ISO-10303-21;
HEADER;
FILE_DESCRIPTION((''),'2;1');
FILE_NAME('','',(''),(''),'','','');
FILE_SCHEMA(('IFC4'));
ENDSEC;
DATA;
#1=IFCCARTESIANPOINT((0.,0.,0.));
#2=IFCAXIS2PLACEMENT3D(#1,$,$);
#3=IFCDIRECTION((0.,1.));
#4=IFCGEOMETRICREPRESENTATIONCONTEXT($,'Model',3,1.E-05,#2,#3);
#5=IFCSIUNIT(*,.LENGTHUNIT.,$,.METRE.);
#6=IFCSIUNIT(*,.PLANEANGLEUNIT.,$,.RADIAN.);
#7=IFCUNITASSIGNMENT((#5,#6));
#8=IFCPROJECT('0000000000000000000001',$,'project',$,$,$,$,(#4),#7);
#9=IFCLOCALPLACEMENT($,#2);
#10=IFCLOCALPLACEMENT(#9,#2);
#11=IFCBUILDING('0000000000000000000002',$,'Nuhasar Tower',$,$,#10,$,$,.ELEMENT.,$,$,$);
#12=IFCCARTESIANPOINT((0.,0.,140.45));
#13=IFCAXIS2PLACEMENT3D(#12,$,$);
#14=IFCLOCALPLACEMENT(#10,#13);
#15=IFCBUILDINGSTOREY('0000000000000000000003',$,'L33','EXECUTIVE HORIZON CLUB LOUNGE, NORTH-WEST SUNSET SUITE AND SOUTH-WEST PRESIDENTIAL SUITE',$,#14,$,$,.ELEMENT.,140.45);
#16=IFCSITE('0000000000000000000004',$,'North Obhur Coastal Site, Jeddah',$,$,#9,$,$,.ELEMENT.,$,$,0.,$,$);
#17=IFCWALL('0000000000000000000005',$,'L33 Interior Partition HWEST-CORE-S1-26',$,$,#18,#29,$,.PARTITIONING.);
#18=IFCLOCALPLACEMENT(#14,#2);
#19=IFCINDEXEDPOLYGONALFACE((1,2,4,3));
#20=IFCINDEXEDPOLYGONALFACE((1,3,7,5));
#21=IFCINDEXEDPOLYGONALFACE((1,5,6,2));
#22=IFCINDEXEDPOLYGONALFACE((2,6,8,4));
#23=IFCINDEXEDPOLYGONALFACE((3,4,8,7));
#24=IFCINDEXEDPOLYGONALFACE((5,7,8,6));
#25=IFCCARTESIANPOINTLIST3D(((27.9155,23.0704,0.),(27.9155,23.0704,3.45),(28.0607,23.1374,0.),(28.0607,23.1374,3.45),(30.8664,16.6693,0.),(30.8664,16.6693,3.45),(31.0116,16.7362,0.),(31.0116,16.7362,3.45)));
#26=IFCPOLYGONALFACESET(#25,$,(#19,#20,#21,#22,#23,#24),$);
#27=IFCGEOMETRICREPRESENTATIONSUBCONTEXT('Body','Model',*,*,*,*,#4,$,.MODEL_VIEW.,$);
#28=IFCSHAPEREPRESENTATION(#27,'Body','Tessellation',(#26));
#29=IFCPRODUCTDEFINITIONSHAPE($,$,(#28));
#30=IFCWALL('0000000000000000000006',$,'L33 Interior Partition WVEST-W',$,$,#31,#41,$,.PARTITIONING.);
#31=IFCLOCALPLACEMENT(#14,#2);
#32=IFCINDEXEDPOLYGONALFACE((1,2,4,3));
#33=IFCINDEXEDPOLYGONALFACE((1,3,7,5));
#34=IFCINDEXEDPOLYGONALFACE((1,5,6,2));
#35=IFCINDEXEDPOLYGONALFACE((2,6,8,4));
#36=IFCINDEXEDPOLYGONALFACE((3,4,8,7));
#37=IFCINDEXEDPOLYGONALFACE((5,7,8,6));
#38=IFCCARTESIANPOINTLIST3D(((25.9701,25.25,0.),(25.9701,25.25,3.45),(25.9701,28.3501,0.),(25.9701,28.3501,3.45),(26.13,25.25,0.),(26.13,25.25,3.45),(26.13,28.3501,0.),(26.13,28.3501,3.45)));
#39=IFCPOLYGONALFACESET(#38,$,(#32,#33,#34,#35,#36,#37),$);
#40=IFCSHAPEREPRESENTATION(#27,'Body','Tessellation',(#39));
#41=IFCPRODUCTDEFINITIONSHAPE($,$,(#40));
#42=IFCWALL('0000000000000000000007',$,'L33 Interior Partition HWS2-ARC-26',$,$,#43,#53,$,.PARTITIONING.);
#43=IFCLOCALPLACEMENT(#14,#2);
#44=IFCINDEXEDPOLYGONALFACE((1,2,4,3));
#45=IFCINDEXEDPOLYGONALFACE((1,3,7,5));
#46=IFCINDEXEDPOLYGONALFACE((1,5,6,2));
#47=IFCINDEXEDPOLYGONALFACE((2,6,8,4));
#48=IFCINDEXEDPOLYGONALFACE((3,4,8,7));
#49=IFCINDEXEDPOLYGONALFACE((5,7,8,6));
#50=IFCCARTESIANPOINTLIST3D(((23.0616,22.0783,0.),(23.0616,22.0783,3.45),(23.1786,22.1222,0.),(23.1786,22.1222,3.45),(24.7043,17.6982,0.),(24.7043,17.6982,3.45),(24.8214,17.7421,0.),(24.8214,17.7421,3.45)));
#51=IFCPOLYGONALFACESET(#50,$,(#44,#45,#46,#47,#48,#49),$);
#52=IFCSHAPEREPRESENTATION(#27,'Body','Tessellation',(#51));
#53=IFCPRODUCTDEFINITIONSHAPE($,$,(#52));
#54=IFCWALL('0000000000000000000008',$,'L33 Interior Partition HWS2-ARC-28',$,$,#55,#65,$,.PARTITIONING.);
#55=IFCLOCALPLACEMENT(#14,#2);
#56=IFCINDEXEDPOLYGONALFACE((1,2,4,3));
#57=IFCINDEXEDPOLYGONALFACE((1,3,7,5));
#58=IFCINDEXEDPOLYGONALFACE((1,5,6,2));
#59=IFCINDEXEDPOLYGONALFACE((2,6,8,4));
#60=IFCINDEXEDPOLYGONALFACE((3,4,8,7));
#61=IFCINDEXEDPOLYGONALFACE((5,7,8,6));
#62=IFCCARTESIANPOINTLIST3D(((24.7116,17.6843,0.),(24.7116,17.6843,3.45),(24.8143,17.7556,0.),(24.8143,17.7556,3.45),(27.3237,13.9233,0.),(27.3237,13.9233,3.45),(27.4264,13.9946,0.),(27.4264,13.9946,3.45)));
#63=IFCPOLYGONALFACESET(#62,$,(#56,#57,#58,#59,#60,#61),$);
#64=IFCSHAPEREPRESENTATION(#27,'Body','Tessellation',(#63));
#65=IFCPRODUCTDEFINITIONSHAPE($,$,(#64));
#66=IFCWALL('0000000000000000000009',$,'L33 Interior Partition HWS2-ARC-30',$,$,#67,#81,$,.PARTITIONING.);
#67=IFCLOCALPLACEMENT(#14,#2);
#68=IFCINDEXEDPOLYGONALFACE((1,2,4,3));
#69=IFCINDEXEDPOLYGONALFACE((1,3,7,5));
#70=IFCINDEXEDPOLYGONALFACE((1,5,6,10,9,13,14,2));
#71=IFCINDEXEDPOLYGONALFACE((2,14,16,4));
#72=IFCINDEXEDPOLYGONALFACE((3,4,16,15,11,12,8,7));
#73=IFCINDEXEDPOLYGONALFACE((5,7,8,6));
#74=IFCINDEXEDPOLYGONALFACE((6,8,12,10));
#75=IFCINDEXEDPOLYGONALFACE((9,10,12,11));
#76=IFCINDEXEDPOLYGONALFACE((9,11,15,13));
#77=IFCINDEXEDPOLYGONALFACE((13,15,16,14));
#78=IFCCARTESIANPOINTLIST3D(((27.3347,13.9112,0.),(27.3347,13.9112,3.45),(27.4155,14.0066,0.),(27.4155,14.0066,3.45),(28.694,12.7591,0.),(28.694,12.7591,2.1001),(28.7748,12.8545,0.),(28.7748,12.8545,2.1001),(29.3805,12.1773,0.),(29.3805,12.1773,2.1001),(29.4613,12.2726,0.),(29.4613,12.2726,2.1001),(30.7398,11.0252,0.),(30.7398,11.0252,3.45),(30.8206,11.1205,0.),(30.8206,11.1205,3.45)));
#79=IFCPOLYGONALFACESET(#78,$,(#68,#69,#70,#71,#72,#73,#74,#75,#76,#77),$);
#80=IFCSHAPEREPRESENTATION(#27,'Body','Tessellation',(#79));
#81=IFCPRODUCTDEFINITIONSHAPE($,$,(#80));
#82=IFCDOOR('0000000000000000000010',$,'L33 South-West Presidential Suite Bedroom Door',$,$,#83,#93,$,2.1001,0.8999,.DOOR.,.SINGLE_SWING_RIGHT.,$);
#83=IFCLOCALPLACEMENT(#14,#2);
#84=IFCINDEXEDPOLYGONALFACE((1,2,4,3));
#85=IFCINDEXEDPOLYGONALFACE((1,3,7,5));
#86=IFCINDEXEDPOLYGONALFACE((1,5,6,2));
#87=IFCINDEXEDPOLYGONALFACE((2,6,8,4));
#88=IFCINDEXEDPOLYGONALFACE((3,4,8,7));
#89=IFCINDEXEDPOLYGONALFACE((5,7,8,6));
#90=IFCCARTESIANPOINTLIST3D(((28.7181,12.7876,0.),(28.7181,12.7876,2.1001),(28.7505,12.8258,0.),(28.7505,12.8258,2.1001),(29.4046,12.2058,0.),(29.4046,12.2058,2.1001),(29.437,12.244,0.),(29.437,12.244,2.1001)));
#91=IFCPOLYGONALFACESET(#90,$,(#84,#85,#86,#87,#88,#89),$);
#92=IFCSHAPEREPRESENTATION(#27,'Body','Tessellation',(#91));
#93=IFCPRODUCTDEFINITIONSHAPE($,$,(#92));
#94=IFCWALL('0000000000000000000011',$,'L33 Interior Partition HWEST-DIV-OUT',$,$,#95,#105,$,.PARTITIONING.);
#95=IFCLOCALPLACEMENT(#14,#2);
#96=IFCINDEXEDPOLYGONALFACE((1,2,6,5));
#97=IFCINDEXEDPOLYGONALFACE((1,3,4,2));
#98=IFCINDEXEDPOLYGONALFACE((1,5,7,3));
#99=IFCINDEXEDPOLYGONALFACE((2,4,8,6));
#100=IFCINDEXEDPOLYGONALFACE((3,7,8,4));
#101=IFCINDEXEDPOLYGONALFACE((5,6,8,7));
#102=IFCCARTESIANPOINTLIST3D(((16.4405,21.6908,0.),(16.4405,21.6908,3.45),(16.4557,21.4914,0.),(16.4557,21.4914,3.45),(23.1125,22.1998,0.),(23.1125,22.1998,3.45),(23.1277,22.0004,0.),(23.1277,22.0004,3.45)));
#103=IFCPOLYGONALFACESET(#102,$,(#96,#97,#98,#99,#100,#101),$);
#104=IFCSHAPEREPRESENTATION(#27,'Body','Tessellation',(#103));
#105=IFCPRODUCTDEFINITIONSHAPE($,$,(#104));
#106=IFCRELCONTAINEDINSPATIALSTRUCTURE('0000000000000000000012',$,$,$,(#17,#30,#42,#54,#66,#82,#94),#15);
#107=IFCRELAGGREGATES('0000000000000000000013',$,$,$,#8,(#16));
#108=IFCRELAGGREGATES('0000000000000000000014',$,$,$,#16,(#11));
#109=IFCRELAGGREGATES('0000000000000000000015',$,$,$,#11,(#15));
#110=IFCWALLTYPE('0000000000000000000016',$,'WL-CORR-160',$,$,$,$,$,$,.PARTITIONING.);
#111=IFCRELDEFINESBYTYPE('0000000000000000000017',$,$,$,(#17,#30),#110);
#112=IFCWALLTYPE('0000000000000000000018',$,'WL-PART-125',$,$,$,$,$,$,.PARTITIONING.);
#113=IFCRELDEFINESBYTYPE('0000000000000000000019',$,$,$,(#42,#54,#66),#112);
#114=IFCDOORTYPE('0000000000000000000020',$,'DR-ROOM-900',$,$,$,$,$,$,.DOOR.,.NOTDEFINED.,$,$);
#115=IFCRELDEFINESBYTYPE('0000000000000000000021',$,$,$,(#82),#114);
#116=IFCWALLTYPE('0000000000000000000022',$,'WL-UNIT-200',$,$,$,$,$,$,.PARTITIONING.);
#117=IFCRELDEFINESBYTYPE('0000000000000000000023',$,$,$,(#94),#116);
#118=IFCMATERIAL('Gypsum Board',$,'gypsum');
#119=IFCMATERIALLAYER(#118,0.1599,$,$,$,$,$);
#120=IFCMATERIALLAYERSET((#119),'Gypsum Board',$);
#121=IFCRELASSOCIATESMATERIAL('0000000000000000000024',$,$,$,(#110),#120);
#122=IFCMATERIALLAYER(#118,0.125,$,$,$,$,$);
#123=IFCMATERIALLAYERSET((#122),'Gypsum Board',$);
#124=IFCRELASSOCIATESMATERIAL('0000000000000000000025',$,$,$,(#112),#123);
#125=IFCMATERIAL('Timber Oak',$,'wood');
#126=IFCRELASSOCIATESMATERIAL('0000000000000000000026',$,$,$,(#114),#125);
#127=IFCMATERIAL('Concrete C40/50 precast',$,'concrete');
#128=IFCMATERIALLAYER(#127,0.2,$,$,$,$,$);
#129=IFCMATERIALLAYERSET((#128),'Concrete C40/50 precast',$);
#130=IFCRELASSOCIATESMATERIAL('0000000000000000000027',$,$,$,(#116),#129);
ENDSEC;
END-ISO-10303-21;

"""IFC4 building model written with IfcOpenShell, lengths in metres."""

from ifc_helpers import new_model, si_unit, direction, frame, frame_2d, origin, place, context, subcontext, project, spatial, rectangle, extrude, material, layer, layer_set, type_object, element, fill, save


model = new_model("IFC4")

# Units and contexts
model_context = context("Model", 3, precision=1e-05, world=origin(), true_north=direction((0.0, 1.0)))
body_context = subcontext(model_context, "Body", "Model", "MODEL_VIEW")
ifc_project = project(units=[si_unit("LENGTHUNIT", "METRE"), si_unit("PLANEANGLEUNIT", "RADIAN")], contexts=[model_context])

# Site, building, storey
site_placement = place(None, origin())
site = spatial("IfcSite", under=ifc_project, at=site_placement, Name="North Obhur Coastal Site, Jeddah", CompositionType="ELEMENT", RefElevation=0.0)
building_placement = place(site_placement, origin())
building = spatial("IfcBuilding", under=site, at=building_placement, Name="Nuhasar Tower", CompositionType="ELEMENT")
storey_placement = place(building_placement, frame((0.0, 0.0, 140.45)))
storey = spatial("IfcBuildingStorey", under=building, at=storey_placement, Name="L33", Description="EXECUTIVE HORIZON CLUB LOUNGE, NORTH-WEST SUNSET SUITE AND SOUTH-WEST PRESIDENTIAL SUITE", CompositionType="ELEMENT", Elevation=140.45)

# Wall
ifc_material_1 = material(Name="Gypsum Board", Category="gypsum")
ifc_layer_1 = layer(ifc_material_1, 0.1599)
ifc_layer_set_1 = layer_set([ifc_layer_1], Name="Gypsum Board")
wall_type_1 = type_object("IfcWallType", Name="WL-CORR-160", PredefinedType="PARTITIONING", material=ifc_layer_set_1)
wall_1_placement = place(storey_placement, frame((27.988, 23.104, 0.0), z_axis=(0.0, 0.0, 1.0), x_axis=(0.418656, -0.908145, 0.0)))
element("IfcWall", 1, at=wall_1_placement, inside=storey, type_object=wall_type_1, Name="L33 Interior Partition HWEST-CORE-S1-26", PredefinedType="PARTITIONING", context=body_context, shape_type="SweptSolid", body=[
    extrude(rectangle(XDim=7.0486, YDim=0.1599, at=frame_2d((3.5244, 0.0))), origin(), (0.0, 0.0, 1.0), 3.45),
])

# Shared definitions
ifc_material_2 = material(Name="Timber Oak", Category="wood")

# Walls
wall_2_placement = place(storey_placement, frame((26.05, 25.25, 0.0), z_axis=(0.0, 0.0, 1.0), x_axis=(0.0, 1.0, 0.0)))
element("IfcWall", 2, at=wall_2_placement, inside=storey, type_object=wall_type_1, Name="L33 Interior Partition WVEST-W", PredefinedType="PARTITIONING", context=body_context, shape_type="SweptSolid", body=[
    extrude(rectangle(XDim=3.1001, YDim=0.1599, at=frame_2d((1.55, 0.0))), origin(), (0.0, 0.0, 1.0), 3.45),
])
ifc_layer_2 = layer(ifc_material_1, 0.125)
ifc_layer_set_2 = layer_set([ifc_layer_2], Name="Gypsum Board")
wall_type_2 = type_object("IfcWallType", Name="WL-PART-125", PredefinedType="PARTITIONING", material=ifc_layer_set_2)
wall_3_placement = place(storey_placement, frame((23.1201, 22.1001, 0.0), z_axis=(0.0, 0.0, 1.0), x_axis=(0.351175, -0.93631, 0.0)))
element("IfcWall", 3, at=wall_3_placement, inside=storey, type_object=wall_type_2, Name="L33 Interior Partition HWS2-ARC-26", PredefinedType="PARTITIONING", context=body_context, shape_type="SweptSolid", body=[
    extrude(rectangle(XDim=4.678, YDim=0.125, at=frame_2d((2.3389, 0.0))), origin(), (0.0, 0.0, 1.0), 3.45),
])
wall_4_placement = place(storey_placement, frame((24.7629, 17.72, 0.0), z_axis=(0.0, 0.0, 1.0), x_axis=(0.570435, -0.821343, 0.0)))
element("IfcWall", 4, at=wall_4_placement, inside=storey, type_object=wall_type_2, Name="L33 Interior Partition HWS2-ARC-28", PredefinedType="PARTITIONING", context=body_context, shape_type="SweptSolid", body=[
    extrude(rectangle(XDim=4.5791, YDim=0.125, at=frame_2d((2.2896, 0.0))), origin(), (0.0, 0.0, 1.0), 3.45),
])

# Wall, opening, door
wall_5_placement = place(storey_placement, frame((27.375, 13.959, 0.0), z_axis=(0.0, 0.0, 1.0), x_axis=(0.762855, -0.64657, 0.0)))
wall_5 = element("IfcWall", 5, at=wall_5_placement, inside=storey, type_object=wall_type_2, Name="L33 Interior Partition HWS2-ARC-30", PredefinedType="PARTITIONING", context=body_context, shape_type="SweptSolid", body=[
    extrude(rectangle(XDim=4.4636, YDim=0.125, at=frame_2d((2.2319, 0.0))), origin(), (0.0, 0.0, 1.0), 3.45),
])
opening_1_placement = place(wall_5_placement, frame((1.782, 0.0, 0.0)))
opening_1 = element("IfcOpeningElement", 6, at=opening_1_placement, cuts=wall_5, PredefinedType="OPENING", context=body_context, shape_type="SweptSolid", body=[
    extrude(rectangle(XDim=0.8999, YDim=2.1001, at=frame_2d((0.45, 1.05))), frame((0.0, 0.0725, 0.0), z_axis=(0.0, -1.0, 0.0), x_axis=(1.0, 0.0, 0.0)), (0.0, 0.0, 1.0), 0.145),
])
door_type_1 = type_object("IfcDoorType", Name="DR-ROOM-900", OperationType="NOTDEFINED", PredefinedType="DOOR", material=ifc_material_2)
door_1_placement = place(opening_1_placement, origin())
door_1 = element("IfcDoor", 7, at=door_1_placement, inside=storey, type_object=door_type_1, Name="L33 South-West Presidential Suite Bedroom Door", OperationType="SINGLE_SWING_RIGHT", OverallHeight=2.1001, OverallWidth=0.8999, PredefinedType="DOOR", context=body_context, shape_type="SweptSolid", body=[
    extrude(rectangle(XDim=0.8999, YDim=2.1001, at=frame_2d((0.45, 1.05))), frame((0.0, 0.0249, 0.0), z_axis=(0.0, -1.0, 0.0), x_axis=(1.0, 0.0, 0.0)), (0.0, 0.0, 1.0), 0.05),
])
fill(opening_1, door_1)

# Wall
ifc_material_3 = material(Name="Concrete C40/50 precast", Category="concrete")
ifc_layer_3 = layer(ifc_material_3, 0.2)
ifc_layer_set_3 = layer_set([ifc_layer_3], Name="Concrete C40/50 precast")
wall_type_3 = type_object("IfcWallType", Name="WL-UNIT-200", PredefinedType="PARTITIONING", material=ifc_layer_set_3)
wall_6_placement = place(storey_placement, frame((23.1201, 22.1001, 0.0), z_axis=(0.0, 0.0, 1.0), x_axis=(-0.997102, -0.076072, 0.0)))
element("IfcWall", 8, at=wall_6_placement, inside=storey, type_object=wall_type_3, Name="L33 Interior Partition HWEST-DIV-OUT", PredefinedType="PARTITIONING", context=body_context, shape_type="SweptSolid", body=[
    extrude(rectangle(XDim=6.6914, YDim=0.2, at=frame_2d((3.3457, 0.0))), origin(), (0.0, 0.0, 1.0), 3.45),
])

save(model, "model.ifc")
